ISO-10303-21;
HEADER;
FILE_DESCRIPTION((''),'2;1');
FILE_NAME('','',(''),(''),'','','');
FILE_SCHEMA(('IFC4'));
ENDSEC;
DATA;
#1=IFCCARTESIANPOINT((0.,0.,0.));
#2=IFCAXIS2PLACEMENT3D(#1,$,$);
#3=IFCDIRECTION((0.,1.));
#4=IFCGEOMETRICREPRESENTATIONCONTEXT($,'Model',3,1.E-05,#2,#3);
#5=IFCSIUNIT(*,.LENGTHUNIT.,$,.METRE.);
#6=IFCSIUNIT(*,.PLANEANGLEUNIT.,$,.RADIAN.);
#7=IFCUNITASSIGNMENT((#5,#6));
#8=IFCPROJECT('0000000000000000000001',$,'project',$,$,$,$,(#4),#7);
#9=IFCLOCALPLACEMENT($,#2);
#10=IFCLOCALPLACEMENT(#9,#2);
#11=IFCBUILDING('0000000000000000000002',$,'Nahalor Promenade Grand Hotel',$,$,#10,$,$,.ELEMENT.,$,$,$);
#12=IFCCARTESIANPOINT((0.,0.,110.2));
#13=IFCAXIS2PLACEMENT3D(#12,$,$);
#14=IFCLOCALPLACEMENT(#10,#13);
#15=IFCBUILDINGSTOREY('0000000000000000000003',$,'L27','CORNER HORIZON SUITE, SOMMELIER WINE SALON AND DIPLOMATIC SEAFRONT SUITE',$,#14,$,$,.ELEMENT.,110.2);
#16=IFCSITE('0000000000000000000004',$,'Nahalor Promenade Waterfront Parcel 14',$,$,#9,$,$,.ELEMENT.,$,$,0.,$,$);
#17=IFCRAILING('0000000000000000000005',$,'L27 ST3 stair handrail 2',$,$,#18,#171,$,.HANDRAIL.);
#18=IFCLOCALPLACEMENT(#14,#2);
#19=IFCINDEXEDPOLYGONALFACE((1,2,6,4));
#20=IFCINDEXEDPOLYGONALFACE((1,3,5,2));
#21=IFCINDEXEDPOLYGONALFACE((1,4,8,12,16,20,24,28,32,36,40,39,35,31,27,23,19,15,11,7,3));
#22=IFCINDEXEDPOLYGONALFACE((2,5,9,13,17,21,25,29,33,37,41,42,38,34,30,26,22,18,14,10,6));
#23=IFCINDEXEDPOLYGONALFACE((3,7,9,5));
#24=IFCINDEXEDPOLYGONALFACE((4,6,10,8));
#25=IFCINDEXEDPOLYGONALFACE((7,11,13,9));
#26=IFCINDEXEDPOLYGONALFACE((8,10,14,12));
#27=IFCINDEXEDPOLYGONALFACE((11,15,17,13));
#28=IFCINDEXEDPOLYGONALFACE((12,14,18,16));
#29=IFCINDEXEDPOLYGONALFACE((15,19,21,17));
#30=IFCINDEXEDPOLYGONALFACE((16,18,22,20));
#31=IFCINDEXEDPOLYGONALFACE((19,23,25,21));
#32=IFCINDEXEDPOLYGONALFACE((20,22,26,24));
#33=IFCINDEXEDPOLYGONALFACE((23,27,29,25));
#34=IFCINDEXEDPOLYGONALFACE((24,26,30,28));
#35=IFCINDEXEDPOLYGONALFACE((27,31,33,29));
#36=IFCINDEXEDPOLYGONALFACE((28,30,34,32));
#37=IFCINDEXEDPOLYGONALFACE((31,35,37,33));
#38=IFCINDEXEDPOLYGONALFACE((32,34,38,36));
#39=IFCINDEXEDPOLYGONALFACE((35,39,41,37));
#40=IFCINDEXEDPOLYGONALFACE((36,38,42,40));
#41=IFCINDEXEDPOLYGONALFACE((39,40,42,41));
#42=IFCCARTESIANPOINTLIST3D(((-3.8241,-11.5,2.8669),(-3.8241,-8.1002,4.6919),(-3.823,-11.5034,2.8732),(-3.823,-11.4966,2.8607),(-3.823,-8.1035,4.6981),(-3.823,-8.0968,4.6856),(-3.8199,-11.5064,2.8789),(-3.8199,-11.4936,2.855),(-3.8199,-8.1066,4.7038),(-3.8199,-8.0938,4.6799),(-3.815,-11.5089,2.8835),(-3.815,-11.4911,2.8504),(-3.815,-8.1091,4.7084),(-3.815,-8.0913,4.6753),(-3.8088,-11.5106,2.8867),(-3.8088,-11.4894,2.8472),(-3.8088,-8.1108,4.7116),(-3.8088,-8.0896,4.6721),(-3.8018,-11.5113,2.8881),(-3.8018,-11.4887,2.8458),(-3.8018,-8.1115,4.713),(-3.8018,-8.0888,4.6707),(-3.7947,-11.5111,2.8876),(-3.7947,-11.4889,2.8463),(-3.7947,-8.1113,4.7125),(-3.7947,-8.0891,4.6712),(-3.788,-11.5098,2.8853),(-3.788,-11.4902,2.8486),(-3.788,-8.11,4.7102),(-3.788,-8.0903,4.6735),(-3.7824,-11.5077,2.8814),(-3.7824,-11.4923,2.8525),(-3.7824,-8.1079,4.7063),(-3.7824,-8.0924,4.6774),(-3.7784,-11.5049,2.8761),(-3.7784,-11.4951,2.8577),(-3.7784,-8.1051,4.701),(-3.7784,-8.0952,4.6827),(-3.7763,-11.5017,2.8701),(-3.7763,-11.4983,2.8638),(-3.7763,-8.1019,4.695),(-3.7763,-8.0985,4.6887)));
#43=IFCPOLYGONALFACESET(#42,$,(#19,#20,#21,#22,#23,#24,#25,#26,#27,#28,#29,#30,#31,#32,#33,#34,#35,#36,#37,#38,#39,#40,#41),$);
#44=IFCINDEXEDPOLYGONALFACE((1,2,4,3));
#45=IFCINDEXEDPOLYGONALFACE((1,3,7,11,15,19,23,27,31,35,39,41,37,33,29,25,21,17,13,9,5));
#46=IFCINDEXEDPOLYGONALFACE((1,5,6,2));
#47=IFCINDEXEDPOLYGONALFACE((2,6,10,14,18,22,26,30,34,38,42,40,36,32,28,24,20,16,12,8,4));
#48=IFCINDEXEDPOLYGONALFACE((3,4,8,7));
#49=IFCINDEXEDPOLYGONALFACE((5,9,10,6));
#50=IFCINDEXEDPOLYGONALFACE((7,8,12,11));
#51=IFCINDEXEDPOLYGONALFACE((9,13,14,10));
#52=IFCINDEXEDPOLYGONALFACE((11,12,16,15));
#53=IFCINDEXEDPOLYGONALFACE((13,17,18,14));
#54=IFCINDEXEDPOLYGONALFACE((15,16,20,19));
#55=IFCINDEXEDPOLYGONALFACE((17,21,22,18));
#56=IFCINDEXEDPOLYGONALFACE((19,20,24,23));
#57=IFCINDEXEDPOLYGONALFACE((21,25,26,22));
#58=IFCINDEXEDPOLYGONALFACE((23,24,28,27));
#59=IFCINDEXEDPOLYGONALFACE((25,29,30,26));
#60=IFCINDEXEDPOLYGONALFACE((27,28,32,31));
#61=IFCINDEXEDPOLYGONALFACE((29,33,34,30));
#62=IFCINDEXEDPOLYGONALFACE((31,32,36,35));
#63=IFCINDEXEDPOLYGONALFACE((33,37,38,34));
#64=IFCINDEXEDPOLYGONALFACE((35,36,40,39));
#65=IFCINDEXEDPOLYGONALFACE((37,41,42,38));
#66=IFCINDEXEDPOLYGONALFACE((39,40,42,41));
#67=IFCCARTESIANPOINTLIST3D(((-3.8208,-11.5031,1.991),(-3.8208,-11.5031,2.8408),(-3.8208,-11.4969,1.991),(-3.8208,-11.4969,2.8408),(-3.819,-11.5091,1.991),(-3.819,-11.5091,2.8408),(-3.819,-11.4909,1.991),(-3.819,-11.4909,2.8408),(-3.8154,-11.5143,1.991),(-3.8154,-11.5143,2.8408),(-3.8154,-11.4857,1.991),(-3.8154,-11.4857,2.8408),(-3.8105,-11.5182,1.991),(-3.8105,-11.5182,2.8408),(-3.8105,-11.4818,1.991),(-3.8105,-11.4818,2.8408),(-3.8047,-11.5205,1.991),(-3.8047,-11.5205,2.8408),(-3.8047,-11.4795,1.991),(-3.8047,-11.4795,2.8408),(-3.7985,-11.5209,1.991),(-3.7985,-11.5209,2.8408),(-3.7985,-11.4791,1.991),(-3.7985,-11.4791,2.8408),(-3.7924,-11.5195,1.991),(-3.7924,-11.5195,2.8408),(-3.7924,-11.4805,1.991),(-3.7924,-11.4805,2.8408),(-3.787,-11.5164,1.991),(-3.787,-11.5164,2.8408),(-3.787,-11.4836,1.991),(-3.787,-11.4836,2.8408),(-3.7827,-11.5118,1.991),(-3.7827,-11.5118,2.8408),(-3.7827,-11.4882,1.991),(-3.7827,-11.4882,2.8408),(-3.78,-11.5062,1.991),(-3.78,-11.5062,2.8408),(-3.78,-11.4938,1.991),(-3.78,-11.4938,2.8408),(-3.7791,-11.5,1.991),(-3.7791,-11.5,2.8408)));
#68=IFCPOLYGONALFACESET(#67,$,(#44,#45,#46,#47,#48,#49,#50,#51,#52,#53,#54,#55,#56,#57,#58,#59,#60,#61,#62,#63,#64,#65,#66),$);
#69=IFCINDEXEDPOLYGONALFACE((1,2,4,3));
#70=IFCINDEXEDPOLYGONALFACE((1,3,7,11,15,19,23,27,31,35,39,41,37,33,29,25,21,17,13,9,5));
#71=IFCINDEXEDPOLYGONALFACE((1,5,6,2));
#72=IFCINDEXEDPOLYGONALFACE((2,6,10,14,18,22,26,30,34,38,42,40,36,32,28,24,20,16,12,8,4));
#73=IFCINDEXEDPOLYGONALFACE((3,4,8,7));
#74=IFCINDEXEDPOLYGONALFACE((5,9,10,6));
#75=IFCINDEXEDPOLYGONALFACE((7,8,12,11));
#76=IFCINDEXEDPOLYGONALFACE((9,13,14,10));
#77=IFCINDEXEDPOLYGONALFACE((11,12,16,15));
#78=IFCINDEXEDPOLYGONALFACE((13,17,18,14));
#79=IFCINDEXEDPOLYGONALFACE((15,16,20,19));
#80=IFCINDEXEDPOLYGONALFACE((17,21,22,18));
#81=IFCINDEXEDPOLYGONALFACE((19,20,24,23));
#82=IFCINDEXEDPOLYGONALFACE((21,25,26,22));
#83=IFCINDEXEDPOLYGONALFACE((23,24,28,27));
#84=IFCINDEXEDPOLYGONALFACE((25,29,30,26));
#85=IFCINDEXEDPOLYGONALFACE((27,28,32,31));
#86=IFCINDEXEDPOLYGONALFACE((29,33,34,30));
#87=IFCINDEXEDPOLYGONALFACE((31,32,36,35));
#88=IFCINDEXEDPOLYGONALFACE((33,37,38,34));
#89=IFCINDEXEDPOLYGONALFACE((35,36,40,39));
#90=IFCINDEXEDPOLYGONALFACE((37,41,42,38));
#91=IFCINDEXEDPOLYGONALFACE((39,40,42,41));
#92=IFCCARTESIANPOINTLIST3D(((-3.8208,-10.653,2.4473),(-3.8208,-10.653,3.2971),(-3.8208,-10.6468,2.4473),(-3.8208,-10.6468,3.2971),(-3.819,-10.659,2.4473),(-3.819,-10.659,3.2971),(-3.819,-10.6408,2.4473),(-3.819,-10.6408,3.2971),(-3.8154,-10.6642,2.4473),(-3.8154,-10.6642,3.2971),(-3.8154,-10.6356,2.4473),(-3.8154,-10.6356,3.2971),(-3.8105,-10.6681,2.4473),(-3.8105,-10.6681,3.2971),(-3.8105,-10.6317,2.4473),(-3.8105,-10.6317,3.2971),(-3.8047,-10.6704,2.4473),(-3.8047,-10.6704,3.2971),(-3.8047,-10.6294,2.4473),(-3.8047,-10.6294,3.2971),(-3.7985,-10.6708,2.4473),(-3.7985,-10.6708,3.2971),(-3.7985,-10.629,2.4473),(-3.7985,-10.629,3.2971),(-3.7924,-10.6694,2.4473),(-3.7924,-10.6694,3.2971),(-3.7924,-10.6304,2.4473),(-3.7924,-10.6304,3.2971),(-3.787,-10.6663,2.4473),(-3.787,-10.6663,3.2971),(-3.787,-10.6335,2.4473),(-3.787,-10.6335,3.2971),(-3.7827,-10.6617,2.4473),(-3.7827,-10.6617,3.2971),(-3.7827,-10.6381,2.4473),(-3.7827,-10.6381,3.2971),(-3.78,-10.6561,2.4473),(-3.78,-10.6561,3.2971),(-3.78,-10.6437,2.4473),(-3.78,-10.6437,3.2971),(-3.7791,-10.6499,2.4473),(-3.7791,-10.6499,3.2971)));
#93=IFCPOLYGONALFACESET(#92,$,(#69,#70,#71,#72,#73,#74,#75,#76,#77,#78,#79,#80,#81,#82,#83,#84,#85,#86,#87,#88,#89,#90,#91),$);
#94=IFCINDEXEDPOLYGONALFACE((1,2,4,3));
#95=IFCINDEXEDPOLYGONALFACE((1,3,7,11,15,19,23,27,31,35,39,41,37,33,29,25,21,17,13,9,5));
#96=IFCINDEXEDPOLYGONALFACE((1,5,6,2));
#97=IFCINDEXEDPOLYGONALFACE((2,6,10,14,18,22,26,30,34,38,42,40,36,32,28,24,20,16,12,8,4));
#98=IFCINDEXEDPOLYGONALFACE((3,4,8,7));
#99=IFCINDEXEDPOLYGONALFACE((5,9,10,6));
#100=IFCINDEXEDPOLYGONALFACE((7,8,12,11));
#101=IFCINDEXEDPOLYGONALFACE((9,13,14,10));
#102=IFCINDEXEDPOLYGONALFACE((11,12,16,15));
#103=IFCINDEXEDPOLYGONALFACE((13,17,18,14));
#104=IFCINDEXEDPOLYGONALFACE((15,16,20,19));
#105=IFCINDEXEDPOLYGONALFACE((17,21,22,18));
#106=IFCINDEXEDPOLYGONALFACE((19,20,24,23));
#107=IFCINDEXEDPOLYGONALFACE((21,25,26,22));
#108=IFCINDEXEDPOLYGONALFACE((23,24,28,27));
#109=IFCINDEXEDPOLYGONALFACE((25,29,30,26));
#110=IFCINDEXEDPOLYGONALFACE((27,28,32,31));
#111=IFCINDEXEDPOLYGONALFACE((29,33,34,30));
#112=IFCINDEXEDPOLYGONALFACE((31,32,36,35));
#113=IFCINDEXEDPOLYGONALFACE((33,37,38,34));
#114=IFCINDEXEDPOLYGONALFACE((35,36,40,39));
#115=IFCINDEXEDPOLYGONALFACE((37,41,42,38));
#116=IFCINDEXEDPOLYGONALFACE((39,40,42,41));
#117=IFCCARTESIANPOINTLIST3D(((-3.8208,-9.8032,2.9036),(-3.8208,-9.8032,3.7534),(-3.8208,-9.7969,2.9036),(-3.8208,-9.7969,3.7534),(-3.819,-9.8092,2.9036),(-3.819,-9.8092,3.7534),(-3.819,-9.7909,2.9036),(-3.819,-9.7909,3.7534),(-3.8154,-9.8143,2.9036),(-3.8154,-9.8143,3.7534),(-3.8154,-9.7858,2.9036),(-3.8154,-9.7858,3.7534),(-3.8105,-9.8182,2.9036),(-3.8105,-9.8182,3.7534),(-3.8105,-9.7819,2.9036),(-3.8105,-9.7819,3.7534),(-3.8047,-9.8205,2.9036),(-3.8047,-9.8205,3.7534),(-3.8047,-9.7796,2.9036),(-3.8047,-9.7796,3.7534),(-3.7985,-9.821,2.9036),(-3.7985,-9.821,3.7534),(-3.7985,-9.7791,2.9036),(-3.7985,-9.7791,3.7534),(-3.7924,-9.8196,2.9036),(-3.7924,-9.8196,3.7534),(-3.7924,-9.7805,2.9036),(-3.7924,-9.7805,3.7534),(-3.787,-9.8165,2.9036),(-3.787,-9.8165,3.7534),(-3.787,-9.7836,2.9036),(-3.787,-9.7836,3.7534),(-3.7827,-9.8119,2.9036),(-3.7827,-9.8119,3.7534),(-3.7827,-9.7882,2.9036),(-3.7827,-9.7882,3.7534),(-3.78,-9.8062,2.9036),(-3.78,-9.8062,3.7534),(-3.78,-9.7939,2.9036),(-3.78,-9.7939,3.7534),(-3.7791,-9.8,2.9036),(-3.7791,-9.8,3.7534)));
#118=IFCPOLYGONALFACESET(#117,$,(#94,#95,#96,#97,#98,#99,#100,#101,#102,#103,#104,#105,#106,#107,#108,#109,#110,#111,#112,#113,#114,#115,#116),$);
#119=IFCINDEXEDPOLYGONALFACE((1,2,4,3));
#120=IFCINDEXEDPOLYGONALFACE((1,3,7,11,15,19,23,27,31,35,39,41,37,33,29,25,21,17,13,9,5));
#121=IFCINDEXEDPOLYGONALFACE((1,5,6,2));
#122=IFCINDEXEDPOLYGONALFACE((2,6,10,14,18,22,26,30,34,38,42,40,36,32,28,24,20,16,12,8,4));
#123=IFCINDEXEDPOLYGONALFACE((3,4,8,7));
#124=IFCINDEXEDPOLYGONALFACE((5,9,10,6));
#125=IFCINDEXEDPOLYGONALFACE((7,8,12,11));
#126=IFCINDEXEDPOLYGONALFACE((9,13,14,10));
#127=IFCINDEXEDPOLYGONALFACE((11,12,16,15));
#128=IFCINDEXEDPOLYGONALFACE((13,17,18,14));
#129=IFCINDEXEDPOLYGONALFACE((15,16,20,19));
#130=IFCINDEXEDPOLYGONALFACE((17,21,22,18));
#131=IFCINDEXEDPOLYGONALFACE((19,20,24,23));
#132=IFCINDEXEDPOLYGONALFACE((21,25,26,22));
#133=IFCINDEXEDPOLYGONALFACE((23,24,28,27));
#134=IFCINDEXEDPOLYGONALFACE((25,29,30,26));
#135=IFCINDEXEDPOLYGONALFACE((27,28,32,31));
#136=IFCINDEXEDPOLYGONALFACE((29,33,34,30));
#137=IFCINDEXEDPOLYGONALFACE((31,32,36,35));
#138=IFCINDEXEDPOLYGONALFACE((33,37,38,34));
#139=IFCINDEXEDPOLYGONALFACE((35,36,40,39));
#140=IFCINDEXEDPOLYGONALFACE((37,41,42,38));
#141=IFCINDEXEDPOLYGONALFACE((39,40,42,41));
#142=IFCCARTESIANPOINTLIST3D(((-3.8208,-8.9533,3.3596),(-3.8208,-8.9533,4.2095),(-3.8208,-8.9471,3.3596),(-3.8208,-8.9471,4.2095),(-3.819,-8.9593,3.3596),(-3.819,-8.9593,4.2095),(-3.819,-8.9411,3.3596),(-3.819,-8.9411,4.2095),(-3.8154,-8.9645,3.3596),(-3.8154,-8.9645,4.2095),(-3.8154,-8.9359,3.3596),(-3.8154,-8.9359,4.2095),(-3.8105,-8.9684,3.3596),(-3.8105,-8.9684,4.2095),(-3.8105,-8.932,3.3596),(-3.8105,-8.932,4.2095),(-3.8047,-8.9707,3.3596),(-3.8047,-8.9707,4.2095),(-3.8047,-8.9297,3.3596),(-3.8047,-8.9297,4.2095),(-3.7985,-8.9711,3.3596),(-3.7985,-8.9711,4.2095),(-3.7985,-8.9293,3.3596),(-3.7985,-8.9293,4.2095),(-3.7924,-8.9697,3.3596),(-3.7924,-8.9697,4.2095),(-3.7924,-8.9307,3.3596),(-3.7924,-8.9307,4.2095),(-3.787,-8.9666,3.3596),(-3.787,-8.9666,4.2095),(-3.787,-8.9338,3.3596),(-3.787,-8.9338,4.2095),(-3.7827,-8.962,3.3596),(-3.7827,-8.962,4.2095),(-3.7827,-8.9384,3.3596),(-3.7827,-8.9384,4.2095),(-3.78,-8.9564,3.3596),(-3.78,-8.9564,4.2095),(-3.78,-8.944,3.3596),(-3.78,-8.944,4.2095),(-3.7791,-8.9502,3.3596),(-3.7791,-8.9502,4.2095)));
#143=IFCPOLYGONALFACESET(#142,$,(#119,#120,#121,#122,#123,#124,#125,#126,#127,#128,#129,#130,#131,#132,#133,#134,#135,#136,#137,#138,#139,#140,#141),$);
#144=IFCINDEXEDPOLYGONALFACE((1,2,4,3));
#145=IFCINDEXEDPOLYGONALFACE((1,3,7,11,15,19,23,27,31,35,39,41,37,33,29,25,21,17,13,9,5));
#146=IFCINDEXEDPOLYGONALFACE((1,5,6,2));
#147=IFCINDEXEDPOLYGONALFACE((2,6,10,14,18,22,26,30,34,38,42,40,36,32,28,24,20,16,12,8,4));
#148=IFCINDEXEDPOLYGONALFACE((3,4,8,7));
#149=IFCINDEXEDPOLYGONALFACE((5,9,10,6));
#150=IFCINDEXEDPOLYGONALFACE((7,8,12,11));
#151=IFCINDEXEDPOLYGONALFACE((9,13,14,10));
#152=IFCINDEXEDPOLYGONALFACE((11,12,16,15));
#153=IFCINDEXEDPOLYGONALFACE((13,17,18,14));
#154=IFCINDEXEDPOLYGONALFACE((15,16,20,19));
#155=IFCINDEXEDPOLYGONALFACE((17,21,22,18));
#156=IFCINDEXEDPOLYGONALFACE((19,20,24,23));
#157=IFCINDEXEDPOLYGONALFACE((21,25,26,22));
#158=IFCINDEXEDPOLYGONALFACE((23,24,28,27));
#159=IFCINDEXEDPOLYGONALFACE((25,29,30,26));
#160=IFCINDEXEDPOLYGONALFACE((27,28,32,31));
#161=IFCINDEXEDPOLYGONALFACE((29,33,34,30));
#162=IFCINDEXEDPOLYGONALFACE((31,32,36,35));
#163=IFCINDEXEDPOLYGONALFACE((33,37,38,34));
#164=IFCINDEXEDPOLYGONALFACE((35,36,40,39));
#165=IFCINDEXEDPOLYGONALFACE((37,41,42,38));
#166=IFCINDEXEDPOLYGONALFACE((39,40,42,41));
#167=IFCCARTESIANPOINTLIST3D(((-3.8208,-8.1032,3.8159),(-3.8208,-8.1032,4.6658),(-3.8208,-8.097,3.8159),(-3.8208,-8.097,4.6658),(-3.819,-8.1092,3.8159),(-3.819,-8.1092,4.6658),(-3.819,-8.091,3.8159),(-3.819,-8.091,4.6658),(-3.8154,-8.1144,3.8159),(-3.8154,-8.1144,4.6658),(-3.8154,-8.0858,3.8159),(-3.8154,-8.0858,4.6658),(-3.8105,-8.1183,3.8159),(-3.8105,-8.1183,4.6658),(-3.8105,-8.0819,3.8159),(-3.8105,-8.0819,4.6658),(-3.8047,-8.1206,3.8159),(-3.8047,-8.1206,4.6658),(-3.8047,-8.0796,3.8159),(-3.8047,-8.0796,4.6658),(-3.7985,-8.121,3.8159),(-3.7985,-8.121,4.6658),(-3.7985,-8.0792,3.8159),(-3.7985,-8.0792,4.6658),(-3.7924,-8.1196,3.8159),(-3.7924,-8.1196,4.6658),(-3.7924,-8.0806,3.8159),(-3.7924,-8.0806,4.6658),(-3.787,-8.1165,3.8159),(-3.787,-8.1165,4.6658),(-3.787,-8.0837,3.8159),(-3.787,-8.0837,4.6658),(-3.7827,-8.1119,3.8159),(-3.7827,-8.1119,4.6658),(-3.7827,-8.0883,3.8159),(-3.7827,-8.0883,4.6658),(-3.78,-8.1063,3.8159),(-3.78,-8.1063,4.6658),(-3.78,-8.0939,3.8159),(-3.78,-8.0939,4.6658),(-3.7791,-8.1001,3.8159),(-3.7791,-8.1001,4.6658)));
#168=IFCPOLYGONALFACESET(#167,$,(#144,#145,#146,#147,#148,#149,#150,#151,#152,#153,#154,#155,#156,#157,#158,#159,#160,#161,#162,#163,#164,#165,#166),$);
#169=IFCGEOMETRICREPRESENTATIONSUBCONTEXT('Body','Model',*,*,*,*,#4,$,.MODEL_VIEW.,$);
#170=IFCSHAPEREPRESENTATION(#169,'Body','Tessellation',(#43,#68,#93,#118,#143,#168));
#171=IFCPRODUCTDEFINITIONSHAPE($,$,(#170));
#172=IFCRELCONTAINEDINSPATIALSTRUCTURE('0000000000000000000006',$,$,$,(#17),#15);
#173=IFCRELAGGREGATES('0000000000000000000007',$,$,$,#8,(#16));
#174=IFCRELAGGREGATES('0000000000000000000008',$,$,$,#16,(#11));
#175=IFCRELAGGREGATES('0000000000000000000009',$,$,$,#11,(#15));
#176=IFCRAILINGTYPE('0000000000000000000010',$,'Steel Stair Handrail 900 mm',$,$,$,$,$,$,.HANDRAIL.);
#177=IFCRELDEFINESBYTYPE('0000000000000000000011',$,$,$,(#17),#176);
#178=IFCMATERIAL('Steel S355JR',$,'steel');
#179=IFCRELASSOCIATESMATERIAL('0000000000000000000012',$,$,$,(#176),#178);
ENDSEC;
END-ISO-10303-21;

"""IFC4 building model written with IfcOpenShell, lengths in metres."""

from ifc_helpers import new_model, si_unit, direction, frame, origin, origin_2d, place, context, subcontext, project, spatial, circle, extrude, material, type_object, element, save


model = new_model("IFC4")

# Units and contexts
model_context = context("Model", 3, precision=1e-05, world=origin(), true_north=direction((0.0, 1.0)))
body_context = subcontext(model_context, "Body", "Model", "MODEL_VIEW")
ifc_project = project(units=[si_unit("LENGTHUNIT", "METRE"), si_unit("PLANEANGLEUNIT", "RADIAN")], contexts=[model_context])

# Site, building, storey
site_placement = place(None, origin())
site = spatial("IfcSite", under=ifc_project, at=site_placement, Name="Nahalor Promenade Waterfront Parcel 14", CompositionType="ELEMENT", RefElevation=0.0)
building_placement = place(site_placement, origin())
building = spatial("IfcBuilding", under=site, at=building_placement, Name="Nahalor Promenade Grand Hotel", CompositionType="ELEMENT")
storey_placement = place(building_placement, frame((0.0, 0.0, 110.2)))
storey = spatial("IfcBuildingStorey", under=building, at=storey_placement, Name="L27", Description="CORNER HORIZON SUITE, SOMMELIER WINE SALON AND DIPLOMATIC SEAFRONT SUITE", CompositionType="ELEMENT", Elevation=110.2)

# Shared definitions
ifc_material_1 = material(Name="Steel S355JR", Category="steel")

# Railing
railing_type_1 = type_object("IfcRailingType", Name="Steel Stair Handrail 900 mm", PredefinedType="HANDRAIL", material=ifc_material_1)
railing_1_placement = place(storey_placement, frame((-3.8, -11.5, 1.991)))
element("IfcRailing", 1, at=railing_1_placement, inside=storey, type_object=railing_type_1, Name="L27 ST3 stair handrail 2", PredefinedType="HANDRAIL", context=body_context, shape_type="SweptSolid", body=[
    extrude(circle(Radius=0.024, at=origin_2d()), frame((0.0, 0.0, 0.876), z_axis=(0.0, 0.881094, 0.472941), x_axis=(-1.0, 0.0, 0.0)), (0.0, 0.0, 1.0), 3.8586),
    extrude(circle(Radius=0.021, at=origin_2d()), origin(), (0.0, 0.0, 1.0), 0.8499),
    extrude(circle(Radius=0.021, at=origin_2d()), frame((0.0, 0.8501, 0.4563)), (0.0, 0.0, 1.0), 0.8499),
    extrude(circle(Radius=0.021, at=origin_2d()), frame((0.0, 1.7, 0.9126)), (0.0, 0.0, 1.0), 0.8499),
    extrude(circle(Radius=0.021, at=origin_2d()), frame((0.0, 2.5498, 1.3687)), (0.0, 0.0, 1.0), 0.8499),
    extrude(circle(Radius=0.021, at=origin_2d()), frame((0.0, 3.3999, 1.825)), (0.0, 0.0, 1.0), 0.8499),
])

save(model, "model.ifc")
